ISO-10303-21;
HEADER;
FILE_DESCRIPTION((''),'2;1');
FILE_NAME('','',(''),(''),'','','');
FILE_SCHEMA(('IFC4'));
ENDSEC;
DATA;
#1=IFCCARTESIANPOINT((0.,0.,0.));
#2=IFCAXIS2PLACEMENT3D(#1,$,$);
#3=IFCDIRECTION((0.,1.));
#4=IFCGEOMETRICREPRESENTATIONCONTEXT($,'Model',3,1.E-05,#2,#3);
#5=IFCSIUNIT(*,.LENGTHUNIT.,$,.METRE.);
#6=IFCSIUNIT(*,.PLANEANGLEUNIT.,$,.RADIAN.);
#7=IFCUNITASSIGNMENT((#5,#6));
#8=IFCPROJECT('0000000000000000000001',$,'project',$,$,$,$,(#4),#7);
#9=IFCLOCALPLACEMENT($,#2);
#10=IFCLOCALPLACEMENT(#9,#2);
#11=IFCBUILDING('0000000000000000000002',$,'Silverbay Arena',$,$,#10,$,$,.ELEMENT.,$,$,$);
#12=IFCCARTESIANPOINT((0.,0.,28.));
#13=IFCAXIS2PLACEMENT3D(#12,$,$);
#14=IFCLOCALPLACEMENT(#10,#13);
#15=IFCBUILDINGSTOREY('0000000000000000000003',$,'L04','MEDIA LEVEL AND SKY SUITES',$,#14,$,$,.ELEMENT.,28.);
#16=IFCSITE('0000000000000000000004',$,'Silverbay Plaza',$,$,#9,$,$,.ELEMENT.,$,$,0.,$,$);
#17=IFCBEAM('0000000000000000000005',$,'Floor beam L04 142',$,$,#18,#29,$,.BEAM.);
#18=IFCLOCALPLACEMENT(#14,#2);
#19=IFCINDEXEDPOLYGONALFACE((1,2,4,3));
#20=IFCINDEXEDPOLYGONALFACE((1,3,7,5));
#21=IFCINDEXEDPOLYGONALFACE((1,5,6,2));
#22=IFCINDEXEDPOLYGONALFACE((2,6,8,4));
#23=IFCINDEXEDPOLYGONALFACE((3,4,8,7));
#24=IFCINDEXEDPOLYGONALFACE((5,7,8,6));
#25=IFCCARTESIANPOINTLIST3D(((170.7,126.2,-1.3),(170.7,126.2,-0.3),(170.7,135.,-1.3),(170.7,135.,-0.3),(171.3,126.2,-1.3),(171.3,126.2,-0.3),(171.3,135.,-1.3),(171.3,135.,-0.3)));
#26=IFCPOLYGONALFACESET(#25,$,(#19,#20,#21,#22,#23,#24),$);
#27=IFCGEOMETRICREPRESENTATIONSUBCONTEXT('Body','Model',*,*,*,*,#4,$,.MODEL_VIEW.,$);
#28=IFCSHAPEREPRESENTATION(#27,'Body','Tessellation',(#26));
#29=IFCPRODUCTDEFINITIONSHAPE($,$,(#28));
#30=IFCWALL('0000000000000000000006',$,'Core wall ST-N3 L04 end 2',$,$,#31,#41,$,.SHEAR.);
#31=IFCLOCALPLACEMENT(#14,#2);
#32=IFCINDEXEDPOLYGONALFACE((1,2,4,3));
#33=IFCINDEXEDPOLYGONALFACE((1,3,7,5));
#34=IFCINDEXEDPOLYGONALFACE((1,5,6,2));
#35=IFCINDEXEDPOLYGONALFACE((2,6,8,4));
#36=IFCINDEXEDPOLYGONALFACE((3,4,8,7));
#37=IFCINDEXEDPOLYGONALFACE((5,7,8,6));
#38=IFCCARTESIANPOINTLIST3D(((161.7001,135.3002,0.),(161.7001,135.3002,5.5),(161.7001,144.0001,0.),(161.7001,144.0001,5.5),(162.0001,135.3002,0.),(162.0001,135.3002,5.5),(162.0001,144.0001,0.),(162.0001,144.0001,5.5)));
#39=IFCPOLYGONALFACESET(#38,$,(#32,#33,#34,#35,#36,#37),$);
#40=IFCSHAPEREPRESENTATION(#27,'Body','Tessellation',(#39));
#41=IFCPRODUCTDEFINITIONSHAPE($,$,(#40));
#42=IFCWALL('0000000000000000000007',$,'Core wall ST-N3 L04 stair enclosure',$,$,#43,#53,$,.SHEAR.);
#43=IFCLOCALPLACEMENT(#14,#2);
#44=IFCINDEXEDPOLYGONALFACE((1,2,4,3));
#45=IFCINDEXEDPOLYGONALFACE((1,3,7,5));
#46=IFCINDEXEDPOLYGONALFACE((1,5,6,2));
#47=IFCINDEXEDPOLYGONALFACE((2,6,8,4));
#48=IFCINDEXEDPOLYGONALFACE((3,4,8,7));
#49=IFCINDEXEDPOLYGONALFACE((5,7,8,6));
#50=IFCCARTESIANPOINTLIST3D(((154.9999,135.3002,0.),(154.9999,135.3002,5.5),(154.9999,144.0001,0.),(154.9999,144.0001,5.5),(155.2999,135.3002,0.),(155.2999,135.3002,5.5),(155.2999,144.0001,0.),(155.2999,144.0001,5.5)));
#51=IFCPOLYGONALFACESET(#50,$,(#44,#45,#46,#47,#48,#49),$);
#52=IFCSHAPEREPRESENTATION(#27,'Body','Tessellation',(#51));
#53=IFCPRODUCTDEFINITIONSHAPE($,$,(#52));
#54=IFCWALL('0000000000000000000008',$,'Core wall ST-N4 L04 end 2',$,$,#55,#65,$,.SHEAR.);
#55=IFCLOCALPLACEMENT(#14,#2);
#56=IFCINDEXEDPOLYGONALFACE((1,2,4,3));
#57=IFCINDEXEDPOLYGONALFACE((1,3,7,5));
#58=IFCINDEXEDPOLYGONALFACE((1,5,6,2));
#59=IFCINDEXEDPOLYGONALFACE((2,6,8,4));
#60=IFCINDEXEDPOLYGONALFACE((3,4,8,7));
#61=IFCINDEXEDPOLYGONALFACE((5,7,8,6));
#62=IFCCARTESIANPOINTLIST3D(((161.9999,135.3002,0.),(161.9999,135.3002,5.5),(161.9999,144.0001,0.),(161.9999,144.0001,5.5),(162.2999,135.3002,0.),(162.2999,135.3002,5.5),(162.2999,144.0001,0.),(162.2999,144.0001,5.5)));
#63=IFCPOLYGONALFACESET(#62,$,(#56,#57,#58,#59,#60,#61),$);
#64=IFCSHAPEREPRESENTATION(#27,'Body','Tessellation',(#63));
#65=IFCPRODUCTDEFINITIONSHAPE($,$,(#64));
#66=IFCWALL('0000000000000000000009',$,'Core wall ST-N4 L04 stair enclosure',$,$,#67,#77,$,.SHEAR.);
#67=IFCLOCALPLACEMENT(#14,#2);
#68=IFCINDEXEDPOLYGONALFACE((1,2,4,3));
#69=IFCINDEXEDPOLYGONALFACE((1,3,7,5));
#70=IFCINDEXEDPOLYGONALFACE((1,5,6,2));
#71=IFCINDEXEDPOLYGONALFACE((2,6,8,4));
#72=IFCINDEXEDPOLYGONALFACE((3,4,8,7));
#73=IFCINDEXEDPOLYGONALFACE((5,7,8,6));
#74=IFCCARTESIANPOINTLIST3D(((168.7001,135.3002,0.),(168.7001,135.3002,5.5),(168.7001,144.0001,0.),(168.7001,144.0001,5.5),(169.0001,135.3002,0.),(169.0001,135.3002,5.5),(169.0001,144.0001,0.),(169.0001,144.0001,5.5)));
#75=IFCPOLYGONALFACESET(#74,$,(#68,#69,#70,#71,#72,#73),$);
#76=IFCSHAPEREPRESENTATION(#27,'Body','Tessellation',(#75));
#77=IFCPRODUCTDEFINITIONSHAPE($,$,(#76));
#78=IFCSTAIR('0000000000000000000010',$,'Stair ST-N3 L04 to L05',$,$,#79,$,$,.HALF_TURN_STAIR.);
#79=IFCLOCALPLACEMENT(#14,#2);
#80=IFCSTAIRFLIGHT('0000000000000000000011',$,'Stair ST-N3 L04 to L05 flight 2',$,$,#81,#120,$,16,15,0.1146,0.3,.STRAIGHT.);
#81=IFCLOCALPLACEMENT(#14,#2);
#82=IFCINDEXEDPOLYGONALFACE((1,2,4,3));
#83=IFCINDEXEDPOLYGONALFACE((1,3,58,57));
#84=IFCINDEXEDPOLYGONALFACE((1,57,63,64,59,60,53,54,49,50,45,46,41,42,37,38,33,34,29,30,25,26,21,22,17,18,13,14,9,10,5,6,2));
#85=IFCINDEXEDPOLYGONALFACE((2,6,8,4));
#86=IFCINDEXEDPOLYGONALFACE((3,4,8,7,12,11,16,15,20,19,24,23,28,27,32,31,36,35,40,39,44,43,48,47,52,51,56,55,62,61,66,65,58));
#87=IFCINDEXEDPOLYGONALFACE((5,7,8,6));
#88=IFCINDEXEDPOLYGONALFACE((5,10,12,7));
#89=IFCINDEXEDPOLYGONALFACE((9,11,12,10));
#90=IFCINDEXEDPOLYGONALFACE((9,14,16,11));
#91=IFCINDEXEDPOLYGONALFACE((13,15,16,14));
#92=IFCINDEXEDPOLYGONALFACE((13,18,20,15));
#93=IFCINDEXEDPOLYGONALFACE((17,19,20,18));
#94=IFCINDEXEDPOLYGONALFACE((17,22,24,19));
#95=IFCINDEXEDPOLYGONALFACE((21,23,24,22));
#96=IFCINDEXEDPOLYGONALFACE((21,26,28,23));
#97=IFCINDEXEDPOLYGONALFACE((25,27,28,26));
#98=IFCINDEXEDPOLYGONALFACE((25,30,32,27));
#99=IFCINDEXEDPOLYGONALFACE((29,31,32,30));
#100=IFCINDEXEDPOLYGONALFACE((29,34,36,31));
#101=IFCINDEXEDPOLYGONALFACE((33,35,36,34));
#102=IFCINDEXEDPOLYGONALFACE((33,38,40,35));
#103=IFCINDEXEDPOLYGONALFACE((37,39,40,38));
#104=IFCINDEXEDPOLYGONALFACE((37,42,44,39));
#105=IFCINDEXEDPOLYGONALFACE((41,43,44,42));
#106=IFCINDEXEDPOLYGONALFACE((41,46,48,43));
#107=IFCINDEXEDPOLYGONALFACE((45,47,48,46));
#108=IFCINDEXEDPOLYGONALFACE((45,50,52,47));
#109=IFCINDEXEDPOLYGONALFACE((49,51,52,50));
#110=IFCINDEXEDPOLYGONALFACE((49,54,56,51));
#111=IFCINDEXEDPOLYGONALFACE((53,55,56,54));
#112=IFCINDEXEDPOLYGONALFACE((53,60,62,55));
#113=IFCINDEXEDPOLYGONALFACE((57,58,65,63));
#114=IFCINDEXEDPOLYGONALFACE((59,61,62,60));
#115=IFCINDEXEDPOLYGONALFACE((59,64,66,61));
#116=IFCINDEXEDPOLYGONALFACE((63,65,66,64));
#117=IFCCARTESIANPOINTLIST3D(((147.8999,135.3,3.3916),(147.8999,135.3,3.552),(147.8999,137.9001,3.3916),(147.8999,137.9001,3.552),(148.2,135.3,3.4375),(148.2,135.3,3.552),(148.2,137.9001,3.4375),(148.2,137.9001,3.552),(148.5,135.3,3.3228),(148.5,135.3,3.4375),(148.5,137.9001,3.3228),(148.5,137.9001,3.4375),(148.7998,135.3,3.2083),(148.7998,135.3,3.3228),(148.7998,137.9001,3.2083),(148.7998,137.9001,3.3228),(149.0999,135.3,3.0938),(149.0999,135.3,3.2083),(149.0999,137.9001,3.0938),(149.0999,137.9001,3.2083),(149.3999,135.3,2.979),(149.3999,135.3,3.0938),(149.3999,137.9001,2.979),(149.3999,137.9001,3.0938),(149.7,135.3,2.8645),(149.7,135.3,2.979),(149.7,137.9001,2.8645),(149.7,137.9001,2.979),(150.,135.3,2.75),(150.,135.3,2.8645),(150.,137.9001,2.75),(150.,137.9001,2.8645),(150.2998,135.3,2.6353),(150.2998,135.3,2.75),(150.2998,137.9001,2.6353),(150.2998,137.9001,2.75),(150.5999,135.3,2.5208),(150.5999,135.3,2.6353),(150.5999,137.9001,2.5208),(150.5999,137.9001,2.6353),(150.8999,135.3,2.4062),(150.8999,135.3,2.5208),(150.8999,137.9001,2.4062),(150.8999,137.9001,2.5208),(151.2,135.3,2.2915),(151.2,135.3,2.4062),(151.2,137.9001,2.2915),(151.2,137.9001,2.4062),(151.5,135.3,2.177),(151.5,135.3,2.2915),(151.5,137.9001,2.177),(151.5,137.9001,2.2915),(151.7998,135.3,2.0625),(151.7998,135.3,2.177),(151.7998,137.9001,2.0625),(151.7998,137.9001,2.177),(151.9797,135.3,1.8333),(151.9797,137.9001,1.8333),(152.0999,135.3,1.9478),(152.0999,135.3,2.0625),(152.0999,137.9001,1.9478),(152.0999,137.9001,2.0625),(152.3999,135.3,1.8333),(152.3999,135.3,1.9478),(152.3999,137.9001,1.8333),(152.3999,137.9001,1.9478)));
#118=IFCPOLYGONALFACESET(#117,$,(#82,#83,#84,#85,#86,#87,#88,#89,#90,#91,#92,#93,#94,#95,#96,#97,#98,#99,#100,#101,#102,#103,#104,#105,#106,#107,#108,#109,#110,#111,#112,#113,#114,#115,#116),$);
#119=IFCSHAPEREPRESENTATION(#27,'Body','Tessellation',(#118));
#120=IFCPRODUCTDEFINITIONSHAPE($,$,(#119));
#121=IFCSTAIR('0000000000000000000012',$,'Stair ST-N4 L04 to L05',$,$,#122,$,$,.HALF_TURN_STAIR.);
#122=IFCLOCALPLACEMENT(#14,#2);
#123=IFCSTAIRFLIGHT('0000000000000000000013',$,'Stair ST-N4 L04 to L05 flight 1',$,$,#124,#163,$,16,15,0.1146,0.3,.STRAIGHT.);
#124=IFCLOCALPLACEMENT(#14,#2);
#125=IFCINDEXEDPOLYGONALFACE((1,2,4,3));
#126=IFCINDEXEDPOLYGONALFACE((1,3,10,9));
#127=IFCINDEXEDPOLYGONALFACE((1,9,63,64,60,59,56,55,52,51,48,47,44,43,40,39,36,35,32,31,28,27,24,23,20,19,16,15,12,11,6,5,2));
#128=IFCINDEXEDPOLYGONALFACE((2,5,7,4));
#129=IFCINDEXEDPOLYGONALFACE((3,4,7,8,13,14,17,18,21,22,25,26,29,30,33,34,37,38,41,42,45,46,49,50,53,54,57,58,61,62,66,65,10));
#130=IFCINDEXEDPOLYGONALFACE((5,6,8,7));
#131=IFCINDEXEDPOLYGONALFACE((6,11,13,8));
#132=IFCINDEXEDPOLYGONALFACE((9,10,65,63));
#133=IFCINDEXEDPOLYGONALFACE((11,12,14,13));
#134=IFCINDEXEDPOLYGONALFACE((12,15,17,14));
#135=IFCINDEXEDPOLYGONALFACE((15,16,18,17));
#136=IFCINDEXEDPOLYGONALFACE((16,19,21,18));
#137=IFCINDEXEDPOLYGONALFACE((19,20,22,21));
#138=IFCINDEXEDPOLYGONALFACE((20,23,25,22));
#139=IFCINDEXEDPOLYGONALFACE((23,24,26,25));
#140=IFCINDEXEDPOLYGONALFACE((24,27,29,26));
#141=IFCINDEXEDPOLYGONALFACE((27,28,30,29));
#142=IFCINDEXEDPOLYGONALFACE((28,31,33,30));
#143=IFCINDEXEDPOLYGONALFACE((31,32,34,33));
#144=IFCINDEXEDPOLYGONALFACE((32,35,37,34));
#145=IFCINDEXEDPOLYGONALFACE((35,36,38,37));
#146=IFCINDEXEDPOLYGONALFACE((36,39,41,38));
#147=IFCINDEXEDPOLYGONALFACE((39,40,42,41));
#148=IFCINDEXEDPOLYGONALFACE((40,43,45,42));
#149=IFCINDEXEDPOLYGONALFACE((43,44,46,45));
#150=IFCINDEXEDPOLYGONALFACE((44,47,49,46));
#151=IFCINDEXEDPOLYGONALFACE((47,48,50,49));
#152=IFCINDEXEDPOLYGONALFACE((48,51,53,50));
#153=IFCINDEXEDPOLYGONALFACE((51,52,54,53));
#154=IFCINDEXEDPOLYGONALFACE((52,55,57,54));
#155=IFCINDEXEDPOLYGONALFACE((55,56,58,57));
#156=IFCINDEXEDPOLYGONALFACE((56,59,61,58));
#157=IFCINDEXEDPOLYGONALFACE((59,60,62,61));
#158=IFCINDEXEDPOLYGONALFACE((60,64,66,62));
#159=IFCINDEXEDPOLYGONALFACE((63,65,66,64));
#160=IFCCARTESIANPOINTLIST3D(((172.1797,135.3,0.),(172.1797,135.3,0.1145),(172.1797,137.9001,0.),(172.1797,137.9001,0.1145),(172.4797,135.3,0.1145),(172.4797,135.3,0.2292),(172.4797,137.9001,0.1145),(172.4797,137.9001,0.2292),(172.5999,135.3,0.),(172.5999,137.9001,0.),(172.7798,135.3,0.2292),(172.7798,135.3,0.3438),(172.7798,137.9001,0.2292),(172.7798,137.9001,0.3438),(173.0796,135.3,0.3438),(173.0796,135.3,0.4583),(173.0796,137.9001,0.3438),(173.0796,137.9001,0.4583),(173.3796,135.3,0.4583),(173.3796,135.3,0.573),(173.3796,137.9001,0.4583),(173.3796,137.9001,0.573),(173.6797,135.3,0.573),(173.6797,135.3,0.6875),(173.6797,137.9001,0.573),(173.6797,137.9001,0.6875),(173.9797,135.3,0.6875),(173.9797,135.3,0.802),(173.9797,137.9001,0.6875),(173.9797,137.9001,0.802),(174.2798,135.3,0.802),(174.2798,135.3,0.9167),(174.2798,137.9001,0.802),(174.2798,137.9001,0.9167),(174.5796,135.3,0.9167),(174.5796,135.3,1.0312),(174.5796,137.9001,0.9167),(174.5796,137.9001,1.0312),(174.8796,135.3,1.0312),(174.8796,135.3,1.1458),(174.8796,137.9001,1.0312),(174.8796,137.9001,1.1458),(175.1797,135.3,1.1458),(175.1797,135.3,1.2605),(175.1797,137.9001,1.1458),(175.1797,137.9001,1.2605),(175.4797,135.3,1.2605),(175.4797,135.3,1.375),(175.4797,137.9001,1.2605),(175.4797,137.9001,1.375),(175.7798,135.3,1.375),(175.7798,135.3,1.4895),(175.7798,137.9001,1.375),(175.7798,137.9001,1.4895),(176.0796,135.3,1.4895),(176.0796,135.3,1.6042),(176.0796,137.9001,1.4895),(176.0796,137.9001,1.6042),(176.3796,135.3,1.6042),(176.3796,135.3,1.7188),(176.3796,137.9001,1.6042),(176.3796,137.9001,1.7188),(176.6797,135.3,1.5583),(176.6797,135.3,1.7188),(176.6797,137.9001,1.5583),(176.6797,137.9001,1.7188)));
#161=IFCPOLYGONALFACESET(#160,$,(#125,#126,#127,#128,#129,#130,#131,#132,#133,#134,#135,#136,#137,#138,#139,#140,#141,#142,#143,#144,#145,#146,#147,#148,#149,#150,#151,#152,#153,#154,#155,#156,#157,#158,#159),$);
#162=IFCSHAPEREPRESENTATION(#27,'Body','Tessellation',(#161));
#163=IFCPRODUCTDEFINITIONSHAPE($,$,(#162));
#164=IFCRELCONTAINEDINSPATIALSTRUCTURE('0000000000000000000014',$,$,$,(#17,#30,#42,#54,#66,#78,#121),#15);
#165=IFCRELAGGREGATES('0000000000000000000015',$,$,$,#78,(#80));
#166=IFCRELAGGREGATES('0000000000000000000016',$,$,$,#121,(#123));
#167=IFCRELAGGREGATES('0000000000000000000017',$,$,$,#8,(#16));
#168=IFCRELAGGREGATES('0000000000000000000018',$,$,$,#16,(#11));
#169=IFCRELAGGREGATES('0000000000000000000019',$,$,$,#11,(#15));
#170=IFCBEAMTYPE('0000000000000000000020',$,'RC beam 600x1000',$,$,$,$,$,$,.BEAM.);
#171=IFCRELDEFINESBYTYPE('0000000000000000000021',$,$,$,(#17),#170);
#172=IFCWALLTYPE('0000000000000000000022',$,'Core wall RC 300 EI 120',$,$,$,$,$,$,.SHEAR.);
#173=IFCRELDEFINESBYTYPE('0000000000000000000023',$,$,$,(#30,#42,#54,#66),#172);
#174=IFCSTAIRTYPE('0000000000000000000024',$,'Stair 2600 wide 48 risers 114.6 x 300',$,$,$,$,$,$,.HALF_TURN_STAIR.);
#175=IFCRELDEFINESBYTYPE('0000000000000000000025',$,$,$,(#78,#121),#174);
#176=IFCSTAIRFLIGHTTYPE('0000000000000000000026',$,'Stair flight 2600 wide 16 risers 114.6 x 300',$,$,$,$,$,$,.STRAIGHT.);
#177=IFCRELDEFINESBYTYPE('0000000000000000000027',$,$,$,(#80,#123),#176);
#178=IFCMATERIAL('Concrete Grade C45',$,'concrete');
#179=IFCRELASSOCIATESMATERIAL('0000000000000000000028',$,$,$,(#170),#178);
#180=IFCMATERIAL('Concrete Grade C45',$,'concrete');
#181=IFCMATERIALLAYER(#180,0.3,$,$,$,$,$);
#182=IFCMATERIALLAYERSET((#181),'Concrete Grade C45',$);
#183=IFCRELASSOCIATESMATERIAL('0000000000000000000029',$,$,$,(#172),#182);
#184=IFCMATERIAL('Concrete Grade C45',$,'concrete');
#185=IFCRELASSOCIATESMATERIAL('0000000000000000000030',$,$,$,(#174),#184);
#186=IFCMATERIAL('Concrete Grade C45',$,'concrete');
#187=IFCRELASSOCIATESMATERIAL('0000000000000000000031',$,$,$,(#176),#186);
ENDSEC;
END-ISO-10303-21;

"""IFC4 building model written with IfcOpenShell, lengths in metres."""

from ifc_helpers import new_model, si_unit, direction, frame, frame_2d, origin, origin_2d, place, context, subcontext, project, spatial, polyline, rectangle, outline, extrude, material, layer, layer_set, material_profile, profile_set, type_object, element, aggregate, save


model = new_model("IFC4")

# Units and contexts
model_context = context("Model", 3, precision=1e-05, world=origin(), true_north=direction((0.0, 1.0)))
body_context = subcontext(model_context, "Body", "Model", "MODEL_VIEW")
ifc_project = project(units=[si_unit("LENGTHUNIT", "METRE"), si_unit("PLANEANGLEUNIT", "RADIAN")], contexts=[model_context])

# Site, building, storey
site_placement = place(None, origin())
site = spatial("IfcSite", under=ifc_project, at=site_placement, Name="Silverbay Plaza", CompositionType="ELEMENT", RefElevation=0.0)
building_placement = place(site_placement, origin())
building = spatial("IfcBuilding", under=site, at=building_placement, Name="Silverbay Arena", CompositionType="ELEMENT")
storey_placement = place(building_placement, frame((0.0, 0.0, 28.0)))
storey = spatial("IfcBuildingStorey", under=building, at=storey_placement, Name="L04", Description="MEDIA LEVEL AND SKY SUITES", CompositionType="ELEMENT", Elevation=28.0)

# Beam
ifc_material_1 = material(Name="Concrete Grade C45", Category="concrete")
ifc_material_profile_1 = material_profile(ifc_material_1, rectangle(XDim=0.6001, YDim=1.0, at=origin_2d()), Name="RC 600x1000")
ifc_profile_set_1 = profile_set([ifc_material_profile_1], Name="Concrete Grade C45")
beam_type = type_object("IfcBeamType", Name="RC beam 600x1000", PredefinedType="BEAM", material=ifc_profile_set_1)
beam_placement = place(storey_placement, frame((171.0, 126.2, -0.8), z_axis=(0.0, 1.0, 0.0), x_axis=(-1.0, 0.0, 0.0)))
element("IfcBeam", 1, at=beam_placement, inside=storey, type_object=beam_type, Name="Floor beam L04 142", PredefinedType="BEAM", context=body_context, shape_type="SweptSolid", body=[
    extrude(rectangle(XDim=0.6001, YDim=1.0, at=origin_2d()), origin(), (0.0, 0.0, 1.0), 8.8),
])

# Walls
ifc_material_2 = material(Name="Concrete Grade C45", Category="concrete")
ifc_layer = layer(ifc_material_2, 0.3)
ifc_layer_set = layer_set([ifc_layer], Name="Concrete Grade C45")
wall_type = type_object("IfcWallType", Name="Core wall RC 300 EI 120", PredefinedType="SHEAR", material=ifc_layer_set)
for number, where, z_axis, x_axis, name in (
    (2, (161.8501, 135.3, 0.0), (0.0, 0.0, 1.0), (0.0, 1.0, 0.0), "Core wall ST-N3 L04 end 2"),
    (3, (155.1499, 135.3, 0.0), (0.0, 0.0, 1.0), (0.0, 1.0, 0.0), "Core wall ST-N3 L04 stair enclosure"),
    (4, (162.1499, 135.3, 0.0), (0.0, 0.0, 1.0), (0.0, 1.0, 0.0), "Core wall ST-N4 L04 end 2"),
    (5, (168.8501, 135.3, 0.0), (0.0, 0.0, 1.0), (0.0, 1.0, 0.0), "Core wall ST-N4 L04 stair enclosure"),
):
    element("IfcWall", number, at=place(storey_placement, frame(where, z_axis=z_axis, x_axis=x_axis)), inside=storey, type_object=wall_type, Name=name, PredefinedType="SHEAR", context=body_context, shape_type="SweptSolid", body=[
        extrude(rectangle(XDim=8.7, YDim=0.3, at=frame_2d((4.3501, 0.0))), origin(), (0.0, 0.0, 1.0), 5.5),
    ])

# Stair, stair flight
ifc_material_3 = material(Name="Concrete Grade C45", Category="concrete")
stair_type = type_object("IfcStairType", Name="Stair 2600 wide 48 risers 114.6 x 300", PredefinedType="HALF_TURN_STAIR", material=ifc_material_3)
stair_1_placement = place(storey_placement, origin())
stair_1 = element("IfcStair", 6, at=stair_1_placement, inside=storey, type_object=stair_type, Name="Stair ST-N3 L04 to L05", PredefinedType="HALF_TURN_STAIR")
ifc_material_4 = material(Name="Concrete Grade C45", Category="concrete")
stair_flight_type = type_object("IfcStairFlightType", Name="Stair flight 2600 wide 16 risers 114.6 x 300", PredefinedType="STRAIGHT", material=ifc_material_4)
stair_flight_1_placement = place(storey_placement, frame((152.3999, 136.6001, 1.8333), z_axis=(0.0, 0.0, 1.0), x_axis=(-1.0, 0.0, 0.0)))
stair_flight_1 = element("IfcStairFlight", 7, at=stair_flight_1_placement, type_object=stair_flight_type, Name="Stair ST-N3 L04 to L05 flight 2", NumberOfRisers=16, NumberOfTreads=15, PredefinedType="STRAIGHT", RiserHeight=0.1146, TreadLength=0.3, context=body_context, shape_type="SweptSolid", body=[
    extrude(outline(polyline([(0.0, 0.0), (0.0, 0.1145), (0.3, 0.1145), (0.3, 0.2292), (0.6001, 0.2292), (0.6001, 0.3438), (0.8999, 0.3438), (0.8999, 0.4583), (1.2, 0.4583), (1.2, 0.573), (1.5, 0.573), (1.5, 0.6875), (1.8, 0.6875), (1.8, 0.802), (2.1001, 0.802), (2.1001, 0.9167), (2.3999, 0.9167), (2.3999, 1.0312), (2.7, 1.0312), (2.7, 1.1458), (3.0, 1.1458), (3.0, 1.2605), (3.3, 1.2605), (3.3, 1.375), (3.6001, 1.375), (3.6001, 1.4895), (3.8999, 1.4895), (3.8999, 1.6042), (4.2, 1.6042), (4.2, 1.7188), (4.5, 1.7188), (4.5, 1.5583), (0.4202, 0.0), (0.0, 0.0)])), frame((0.0, 1.3, 0.0), z_axis=(0.0, -1.0, 0.0), x_axis=(1.0, 0.0, 0.0)), (0.0, 0.0, 1.0), 2.6001),
])
aggregate(stair_1, [stair_flight_1])

# Stair, stair flight
stair_2_placement = place(storey_placement, origin())
stair_2 = element("IfcStair", 8, at=stair_2_placement, inside=storey, type_object=stair_type, Name="Stair ST-N4 L04 to L05", PredefinedType="HALF_TURN_STAIR")
stair_flight_2_placement = place(storey_placement, frame((172.1797, 136.6001, 0.0), z_axis=(0.0, 0.0, 1.0), x_axis=(1.0, 0.0, 0.0)))
stair_flight_2 = element("IfcStairFlight", 9, at=stair_flight_2_placement, type_object=stair_flight_type, Name="Stair ST-N4 L04 to L05 flight 1", NumberOfRisers=16, NumberOfTreads=15, PredefinedType="STRAIGHT", RiserHeight=0.1146, TreadLength=0.3, context=body_context, shape_type="SweptSolid", body=[
    extrude(outline(polyline([(0.0, 0.0), (0.0, 0.1145), (0.3, 0.1145), (0.3, 0.2292), (0.6001, 0.2292), (0.6001, 0.3438), (0.8999, 0.3438), (0.8999, 0.4583), (1.2, 0.4583), (1.2, 0.573), (1.5, 0.573), (1.5, 0.6875), (1.8, 0.6875), (1.8, 0.802), (2.1001, 0.802), (2.1001, 0.9167), (2.3999, 0.9167), (2.3999, 1.0312), (2.7, 1.0312), (2.7, 1.1458), (3.0, 1.1458), (3.0, 1.2605), (3.3, 1.2605), (3.3, 1.375), (3.6001, 1.375), (3.6001, 1.4895), (3.8999, 1.4895), (3.8999, 1.6042), (4.2, 1.6042), (4.2, 1.7188), (4.5, 1.7188), (4.5, 1.5583), (0.4202, 0.0), (0.0, 0.0)])), frame((0.0, 1.3, 0.0), z_axis=(0.0, -1.0, 0.0), x_axis=(1.0, 0.0, 0.0)), (0.0, 0.0, 1.0), 2.6001),
])
aggregate(stair_2, [stair_flight_2])

save(model, "model.ifc")
